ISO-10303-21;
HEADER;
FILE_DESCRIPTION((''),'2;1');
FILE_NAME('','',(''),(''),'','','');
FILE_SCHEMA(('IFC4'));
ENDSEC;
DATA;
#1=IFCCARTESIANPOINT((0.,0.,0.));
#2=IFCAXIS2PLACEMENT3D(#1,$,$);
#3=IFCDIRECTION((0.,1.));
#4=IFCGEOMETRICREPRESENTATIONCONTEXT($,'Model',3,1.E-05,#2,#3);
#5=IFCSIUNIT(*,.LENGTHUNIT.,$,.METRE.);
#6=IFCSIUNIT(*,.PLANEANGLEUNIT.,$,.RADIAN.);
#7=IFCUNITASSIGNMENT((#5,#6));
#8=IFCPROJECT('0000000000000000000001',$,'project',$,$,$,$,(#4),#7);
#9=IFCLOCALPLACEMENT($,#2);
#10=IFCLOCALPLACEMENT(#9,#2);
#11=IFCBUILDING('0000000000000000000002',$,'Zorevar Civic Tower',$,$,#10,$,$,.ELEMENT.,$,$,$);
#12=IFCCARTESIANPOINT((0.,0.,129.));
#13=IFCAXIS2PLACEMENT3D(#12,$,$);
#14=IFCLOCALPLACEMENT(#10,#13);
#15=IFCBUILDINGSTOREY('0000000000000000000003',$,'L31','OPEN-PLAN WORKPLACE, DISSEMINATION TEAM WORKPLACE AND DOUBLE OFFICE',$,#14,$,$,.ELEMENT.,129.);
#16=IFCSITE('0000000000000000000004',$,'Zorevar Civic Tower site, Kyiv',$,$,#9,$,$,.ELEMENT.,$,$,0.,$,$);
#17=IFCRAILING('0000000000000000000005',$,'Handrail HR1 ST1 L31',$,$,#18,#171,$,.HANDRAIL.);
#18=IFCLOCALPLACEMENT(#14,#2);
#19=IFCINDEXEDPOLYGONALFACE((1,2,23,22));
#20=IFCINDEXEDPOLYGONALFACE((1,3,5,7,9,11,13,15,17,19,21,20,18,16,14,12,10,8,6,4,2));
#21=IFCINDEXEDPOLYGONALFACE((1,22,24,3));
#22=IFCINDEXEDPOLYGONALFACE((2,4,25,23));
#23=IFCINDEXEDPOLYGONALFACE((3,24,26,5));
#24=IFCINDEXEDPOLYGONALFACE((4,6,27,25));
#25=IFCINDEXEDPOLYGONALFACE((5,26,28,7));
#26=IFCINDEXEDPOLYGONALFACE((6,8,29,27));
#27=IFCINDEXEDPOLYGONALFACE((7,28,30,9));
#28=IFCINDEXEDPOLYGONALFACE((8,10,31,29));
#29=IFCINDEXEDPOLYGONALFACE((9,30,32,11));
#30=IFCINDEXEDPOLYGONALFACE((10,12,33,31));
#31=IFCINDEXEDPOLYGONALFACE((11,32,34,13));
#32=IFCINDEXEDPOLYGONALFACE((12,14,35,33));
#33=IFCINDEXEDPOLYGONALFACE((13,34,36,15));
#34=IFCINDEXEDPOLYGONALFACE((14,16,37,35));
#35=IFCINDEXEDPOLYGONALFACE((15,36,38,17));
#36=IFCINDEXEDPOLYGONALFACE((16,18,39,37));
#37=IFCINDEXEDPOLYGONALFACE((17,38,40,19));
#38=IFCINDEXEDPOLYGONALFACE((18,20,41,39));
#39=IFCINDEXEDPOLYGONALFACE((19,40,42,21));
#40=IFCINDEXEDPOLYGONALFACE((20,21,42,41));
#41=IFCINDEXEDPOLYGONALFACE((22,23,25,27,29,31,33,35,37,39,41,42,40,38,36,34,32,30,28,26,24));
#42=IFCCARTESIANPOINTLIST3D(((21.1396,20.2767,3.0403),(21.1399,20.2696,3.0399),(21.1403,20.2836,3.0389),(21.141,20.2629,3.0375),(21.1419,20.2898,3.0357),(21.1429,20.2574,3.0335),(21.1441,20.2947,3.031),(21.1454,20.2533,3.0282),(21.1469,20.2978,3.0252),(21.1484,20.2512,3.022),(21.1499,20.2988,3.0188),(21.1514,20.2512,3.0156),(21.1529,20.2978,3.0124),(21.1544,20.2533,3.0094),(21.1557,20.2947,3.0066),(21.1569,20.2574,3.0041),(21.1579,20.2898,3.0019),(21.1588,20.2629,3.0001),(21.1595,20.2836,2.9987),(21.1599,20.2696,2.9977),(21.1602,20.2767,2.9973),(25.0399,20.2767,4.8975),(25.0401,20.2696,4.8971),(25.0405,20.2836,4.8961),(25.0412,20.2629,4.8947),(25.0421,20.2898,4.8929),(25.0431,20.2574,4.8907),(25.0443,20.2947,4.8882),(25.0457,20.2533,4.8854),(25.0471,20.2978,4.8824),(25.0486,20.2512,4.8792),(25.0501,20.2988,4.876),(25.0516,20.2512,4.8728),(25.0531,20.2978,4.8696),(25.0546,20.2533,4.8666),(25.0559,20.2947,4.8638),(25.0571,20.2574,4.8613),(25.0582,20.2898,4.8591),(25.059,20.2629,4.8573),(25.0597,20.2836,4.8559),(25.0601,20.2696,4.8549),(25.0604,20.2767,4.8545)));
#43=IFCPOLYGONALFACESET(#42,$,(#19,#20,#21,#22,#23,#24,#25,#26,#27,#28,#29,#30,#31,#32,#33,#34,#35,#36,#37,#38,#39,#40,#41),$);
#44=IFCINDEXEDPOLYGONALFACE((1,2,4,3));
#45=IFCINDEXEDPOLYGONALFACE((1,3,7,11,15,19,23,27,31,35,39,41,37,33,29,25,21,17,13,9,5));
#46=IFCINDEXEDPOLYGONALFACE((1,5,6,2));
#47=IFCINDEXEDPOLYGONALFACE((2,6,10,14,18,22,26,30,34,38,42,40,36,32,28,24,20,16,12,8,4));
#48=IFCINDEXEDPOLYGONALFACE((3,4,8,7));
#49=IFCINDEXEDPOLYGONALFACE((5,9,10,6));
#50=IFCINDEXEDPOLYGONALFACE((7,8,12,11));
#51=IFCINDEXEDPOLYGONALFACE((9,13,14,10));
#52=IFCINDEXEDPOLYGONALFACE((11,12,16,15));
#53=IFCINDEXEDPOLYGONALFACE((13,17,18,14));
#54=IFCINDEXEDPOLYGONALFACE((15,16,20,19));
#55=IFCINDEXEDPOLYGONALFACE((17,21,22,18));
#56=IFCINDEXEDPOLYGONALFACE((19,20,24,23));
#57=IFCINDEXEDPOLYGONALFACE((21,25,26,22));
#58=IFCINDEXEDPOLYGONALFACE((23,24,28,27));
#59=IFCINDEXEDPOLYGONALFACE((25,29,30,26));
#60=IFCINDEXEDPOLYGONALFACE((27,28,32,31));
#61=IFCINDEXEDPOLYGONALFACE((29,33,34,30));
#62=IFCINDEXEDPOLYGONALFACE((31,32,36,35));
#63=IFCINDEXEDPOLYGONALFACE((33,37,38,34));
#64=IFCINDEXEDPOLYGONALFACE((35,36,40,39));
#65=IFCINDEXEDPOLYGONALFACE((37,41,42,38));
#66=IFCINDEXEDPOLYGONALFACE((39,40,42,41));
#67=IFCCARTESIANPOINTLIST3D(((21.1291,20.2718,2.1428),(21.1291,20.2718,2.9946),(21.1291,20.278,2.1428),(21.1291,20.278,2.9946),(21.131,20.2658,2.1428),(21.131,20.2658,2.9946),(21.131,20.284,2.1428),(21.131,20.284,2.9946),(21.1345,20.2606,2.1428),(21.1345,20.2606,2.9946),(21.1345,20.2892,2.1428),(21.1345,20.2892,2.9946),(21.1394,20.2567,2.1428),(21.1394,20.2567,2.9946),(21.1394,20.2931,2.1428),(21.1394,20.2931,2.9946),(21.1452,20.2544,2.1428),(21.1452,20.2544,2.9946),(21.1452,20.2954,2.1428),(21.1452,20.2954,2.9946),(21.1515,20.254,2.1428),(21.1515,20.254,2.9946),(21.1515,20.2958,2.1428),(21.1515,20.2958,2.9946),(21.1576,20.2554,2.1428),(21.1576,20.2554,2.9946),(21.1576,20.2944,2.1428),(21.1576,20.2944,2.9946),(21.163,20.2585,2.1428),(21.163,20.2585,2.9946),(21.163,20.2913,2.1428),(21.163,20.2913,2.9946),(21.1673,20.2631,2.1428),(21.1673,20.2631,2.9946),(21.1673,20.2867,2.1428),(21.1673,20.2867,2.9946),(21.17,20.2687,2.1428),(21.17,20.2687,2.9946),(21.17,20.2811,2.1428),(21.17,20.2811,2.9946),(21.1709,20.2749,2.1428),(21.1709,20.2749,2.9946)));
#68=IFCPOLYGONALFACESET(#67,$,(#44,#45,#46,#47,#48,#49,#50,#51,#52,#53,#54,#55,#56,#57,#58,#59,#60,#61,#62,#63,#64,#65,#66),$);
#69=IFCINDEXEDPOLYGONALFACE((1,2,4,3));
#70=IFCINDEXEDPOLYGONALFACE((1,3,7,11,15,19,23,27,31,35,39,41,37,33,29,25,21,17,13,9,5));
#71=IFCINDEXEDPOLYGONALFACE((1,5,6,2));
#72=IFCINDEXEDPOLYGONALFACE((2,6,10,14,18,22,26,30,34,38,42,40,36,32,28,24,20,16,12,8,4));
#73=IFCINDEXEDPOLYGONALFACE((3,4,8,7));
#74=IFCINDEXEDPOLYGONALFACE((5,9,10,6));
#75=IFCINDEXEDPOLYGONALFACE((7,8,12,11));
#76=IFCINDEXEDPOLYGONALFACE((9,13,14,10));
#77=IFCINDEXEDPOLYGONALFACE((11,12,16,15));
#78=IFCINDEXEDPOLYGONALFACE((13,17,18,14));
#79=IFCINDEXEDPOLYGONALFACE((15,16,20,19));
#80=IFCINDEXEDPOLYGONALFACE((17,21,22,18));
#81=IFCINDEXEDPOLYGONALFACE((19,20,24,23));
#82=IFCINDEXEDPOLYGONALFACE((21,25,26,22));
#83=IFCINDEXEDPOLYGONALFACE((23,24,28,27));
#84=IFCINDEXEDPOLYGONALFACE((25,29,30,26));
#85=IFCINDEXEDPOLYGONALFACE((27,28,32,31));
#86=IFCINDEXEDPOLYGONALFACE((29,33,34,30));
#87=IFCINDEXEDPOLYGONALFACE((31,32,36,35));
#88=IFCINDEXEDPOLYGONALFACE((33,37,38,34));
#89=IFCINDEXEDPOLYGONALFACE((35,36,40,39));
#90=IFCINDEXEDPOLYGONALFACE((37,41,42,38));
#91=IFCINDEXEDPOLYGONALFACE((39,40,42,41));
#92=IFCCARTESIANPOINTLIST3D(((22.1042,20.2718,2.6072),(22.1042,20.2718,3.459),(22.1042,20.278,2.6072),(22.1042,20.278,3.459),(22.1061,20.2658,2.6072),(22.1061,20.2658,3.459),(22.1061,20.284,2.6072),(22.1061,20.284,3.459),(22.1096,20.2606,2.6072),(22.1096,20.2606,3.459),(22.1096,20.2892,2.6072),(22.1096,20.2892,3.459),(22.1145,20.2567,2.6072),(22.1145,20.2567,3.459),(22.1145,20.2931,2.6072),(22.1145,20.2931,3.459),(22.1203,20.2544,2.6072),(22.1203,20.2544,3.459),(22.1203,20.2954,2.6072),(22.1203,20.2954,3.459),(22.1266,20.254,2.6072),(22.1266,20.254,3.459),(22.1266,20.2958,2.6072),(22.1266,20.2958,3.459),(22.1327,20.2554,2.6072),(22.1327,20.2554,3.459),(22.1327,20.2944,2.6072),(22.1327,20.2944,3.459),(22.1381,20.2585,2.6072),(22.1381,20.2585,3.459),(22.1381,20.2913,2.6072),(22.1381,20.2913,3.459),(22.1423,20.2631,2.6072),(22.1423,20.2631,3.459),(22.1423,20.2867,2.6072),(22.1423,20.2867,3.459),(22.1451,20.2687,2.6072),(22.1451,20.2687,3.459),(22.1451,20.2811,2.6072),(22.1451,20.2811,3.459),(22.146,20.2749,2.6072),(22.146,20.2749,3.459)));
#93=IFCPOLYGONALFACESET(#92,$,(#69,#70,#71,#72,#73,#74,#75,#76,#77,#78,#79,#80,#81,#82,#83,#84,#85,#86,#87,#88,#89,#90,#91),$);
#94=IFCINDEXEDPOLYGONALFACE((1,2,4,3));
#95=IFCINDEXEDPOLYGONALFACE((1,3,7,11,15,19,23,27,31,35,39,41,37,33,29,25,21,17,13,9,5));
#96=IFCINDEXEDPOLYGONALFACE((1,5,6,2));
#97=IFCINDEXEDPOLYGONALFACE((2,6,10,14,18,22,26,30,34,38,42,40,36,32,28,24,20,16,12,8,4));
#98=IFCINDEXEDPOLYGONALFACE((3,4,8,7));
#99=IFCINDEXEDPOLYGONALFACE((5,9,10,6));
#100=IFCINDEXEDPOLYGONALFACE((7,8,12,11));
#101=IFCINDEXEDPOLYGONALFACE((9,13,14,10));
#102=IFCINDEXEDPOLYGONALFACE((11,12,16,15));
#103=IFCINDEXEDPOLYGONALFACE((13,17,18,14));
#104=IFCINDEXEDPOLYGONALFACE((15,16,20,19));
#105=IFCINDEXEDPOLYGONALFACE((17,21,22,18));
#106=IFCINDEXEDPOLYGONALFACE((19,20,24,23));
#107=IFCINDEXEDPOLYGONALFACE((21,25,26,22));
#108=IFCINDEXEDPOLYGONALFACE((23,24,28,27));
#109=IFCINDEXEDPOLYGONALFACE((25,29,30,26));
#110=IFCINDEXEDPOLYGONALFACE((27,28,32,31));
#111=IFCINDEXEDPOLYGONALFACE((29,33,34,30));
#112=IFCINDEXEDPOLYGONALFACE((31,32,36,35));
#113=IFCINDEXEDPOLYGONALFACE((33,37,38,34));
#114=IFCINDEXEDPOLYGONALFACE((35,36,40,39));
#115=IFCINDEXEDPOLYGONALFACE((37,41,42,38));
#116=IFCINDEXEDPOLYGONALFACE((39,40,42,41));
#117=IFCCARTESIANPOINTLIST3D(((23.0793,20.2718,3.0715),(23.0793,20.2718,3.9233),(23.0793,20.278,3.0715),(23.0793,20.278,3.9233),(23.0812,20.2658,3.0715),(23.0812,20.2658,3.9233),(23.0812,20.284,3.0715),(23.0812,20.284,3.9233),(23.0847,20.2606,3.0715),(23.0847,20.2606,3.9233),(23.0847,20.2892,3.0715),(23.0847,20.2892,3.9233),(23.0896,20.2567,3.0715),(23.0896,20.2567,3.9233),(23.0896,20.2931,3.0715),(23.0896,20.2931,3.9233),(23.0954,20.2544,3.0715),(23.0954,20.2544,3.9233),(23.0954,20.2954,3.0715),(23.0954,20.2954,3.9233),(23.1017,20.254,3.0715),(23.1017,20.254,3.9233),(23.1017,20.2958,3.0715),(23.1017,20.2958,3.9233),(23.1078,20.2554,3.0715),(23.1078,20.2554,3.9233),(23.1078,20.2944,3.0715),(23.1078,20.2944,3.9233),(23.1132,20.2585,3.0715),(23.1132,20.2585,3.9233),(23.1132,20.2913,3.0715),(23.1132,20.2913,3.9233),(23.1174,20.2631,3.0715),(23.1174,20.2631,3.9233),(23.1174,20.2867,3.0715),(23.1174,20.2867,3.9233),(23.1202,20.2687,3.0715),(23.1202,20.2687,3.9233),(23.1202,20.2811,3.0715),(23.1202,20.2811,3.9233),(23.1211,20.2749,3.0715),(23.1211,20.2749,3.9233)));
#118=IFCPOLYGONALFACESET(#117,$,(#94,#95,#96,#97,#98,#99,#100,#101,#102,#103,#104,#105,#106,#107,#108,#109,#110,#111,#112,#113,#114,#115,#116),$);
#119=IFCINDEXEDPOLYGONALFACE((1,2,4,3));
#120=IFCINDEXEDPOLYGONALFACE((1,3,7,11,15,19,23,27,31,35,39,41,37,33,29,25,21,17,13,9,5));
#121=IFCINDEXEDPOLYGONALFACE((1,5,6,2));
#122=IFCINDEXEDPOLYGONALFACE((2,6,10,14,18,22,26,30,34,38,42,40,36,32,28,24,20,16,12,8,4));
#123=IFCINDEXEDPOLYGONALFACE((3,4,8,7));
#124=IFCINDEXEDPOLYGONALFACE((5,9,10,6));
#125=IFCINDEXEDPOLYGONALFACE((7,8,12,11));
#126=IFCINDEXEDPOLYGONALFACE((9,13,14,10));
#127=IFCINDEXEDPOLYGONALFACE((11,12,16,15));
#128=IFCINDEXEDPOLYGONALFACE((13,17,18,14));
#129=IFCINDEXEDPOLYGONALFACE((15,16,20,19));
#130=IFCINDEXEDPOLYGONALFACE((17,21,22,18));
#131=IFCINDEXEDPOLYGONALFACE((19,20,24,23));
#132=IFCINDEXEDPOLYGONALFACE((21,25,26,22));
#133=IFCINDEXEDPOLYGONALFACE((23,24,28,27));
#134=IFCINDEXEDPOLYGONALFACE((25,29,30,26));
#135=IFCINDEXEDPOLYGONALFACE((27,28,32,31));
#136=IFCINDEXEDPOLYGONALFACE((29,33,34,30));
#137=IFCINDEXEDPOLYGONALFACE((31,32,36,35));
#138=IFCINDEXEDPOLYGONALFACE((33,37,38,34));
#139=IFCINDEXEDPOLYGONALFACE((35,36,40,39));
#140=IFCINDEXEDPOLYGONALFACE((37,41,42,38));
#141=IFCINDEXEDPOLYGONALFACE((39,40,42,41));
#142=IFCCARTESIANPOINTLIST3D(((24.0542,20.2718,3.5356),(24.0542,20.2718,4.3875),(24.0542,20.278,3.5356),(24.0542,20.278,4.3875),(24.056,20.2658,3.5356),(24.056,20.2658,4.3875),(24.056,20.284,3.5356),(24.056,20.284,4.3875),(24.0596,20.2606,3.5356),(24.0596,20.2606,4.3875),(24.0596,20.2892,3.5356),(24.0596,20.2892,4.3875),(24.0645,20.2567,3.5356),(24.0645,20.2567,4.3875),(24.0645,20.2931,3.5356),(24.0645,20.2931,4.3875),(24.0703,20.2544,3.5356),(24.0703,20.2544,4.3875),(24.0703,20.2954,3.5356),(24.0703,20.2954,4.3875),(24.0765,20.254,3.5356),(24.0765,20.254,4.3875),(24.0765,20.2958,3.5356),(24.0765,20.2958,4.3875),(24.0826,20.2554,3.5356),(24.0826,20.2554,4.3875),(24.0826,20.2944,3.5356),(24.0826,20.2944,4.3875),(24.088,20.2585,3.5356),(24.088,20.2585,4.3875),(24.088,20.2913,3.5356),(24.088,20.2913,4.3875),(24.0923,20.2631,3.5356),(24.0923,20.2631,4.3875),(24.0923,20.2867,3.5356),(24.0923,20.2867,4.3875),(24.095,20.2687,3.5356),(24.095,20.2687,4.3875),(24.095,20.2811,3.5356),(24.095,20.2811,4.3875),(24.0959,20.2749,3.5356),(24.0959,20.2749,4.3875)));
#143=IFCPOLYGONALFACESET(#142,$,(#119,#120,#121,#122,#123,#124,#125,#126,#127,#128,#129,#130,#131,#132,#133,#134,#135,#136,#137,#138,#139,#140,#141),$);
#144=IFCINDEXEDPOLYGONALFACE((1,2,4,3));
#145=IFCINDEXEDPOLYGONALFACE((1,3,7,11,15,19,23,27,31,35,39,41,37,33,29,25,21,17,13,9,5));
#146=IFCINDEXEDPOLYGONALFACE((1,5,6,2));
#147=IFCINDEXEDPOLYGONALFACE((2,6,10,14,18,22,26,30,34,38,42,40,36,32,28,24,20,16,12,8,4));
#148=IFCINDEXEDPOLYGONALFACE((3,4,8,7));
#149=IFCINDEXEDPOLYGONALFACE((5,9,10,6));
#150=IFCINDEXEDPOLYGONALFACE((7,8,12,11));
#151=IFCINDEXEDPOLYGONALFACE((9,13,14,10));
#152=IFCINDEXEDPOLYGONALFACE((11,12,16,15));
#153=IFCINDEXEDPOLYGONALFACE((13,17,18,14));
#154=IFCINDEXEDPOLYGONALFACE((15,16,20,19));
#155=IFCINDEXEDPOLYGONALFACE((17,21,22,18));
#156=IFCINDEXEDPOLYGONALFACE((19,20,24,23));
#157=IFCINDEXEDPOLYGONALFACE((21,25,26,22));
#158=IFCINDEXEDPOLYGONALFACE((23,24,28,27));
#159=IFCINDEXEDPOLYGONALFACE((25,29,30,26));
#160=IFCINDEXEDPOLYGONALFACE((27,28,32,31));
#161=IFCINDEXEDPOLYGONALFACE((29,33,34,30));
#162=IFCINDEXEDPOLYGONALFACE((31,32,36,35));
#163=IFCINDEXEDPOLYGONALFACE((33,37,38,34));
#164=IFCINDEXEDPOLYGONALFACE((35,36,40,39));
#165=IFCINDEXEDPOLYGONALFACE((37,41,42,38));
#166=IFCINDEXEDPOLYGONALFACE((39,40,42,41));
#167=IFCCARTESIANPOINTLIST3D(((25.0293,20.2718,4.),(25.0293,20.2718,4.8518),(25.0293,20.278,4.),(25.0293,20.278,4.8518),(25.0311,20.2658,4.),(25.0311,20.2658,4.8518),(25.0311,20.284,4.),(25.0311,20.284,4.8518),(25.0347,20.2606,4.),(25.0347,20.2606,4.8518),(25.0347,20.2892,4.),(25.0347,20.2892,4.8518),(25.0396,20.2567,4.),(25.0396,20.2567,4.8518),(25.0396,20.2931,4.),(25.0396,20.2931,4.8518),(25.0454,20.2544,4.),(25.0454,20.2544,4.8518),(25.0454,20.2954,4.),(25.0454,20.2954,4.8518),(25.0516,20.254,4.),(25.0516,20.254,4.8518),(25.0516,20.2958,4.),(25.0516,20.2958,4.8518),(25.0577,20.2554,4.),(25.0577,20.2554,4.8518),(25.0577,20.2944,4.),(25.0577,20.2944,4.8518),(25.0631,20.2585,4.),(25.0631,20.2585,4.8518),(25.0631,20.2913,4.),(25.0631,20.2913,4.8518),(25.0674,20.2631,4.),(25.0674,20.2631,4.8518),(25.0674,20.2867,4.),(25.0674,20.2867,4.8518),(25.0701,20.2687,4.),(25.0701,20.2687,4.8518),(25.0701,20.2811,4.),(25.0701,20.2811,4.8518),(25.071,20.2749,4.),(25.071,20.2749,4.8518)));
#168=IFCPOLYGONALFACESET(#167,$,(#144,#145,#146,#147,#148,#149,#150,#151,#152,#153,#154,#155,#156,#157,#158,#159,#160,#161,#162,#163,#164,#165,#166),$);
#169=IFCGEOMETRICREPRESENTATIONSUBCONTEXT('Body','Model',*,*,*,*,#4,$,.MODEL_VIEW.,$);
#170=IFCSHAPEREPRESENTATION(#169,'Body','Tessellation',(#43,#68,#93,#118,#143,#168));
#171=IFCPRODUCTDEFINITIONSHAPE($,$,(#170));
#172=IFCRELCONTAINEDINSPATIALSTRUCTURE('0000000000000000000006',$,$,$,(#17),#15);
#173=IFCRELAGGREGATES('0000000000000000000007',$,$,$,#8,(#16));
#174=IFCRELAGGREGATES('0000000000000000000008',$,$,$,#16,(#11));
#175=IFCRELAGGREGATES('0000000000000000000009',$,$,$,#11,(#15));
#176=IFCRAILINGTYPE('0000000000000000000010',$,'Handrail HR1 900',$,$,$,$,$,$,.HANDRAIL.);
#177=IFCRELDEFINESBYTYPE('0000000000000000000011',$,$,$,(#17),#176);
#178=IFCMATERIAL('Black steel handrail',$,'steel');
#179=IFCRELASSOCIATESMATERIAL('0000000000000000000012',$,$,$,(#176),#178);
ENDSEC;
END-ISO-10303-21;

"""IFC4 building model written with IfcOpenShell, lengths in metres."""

from ifc_helpers import new_model, si_unit, direction, frame, origin, origin_2d, place, context, subcontext, project, spatial, circle, extrude, material, type_object, element, save


model = new_model("IFC4")

# Units and contexts
model_context = context("Model", 3, precision=1e-05, world=origin(), true_north=direction((0.0, 1.0)))
body_context = subcontext(model_context, "Body", "Model", "MODEL_VIEW")
ifc_project = project(units=[si_unit("LENGTHUNIT", "METRE"), si_unit("PLANEANGLEUNIT", "RADIAN")], contexts=[model_context])

# Site, building, storey
site_placement = place(None, origin())
site = spatial("IfcSite", under=ifc_project, at=site_placement, Name="Zorevar Civic Tower site, Kyiv", CompositionType="ELEMENT", RefElevation=0.0)
building_placement = place(site_placement, origin())
building = spatial("IfcBuilding", under=site, at=building_placement, Name="Zorevar Civic Tower", CompositionType="ELEMENT")
storey_placement = place(building_placement, frame((0.0, 0.0, 129.0)))
storey = spatial("IfcBuildingStorey", under=building, at=storey_placement, Name="L31", Description="OPEN-PLAN WORKPLACE, DISSEMINATION TEAM WORKPLACE AND DOUBLE OFFICE", CompositionType="ELEMENT", Elevation=129.0)

# Railing
ifc_material_1 = material(Name="Black steel handrail", Category="steel")
railing_type = type_object("IfcRailingType", Name="Handrail HR1 900", PredefinedType="HANDRAIL", material=ifc_material_1)
railing_1_placement = place(storey_placement, frame((21.1499, 20.2749, 2.1428)))
element("IfcRailing", 1, at=railing_1_placement, inside=storey, type_object=railing_type, Name="Handrail HR1 ST1 L31", PredefinedType="HANDRAIL", context=body_context, shape_type="SweptSolid", body=[
    extrude(circle(Radius=0.0239, at=origin_2d()), frame((0.0, 0.0, 0.876), z_axis=(0.902864, 0.0, 0.429927), x_axis=(0.0, 1.0, 0.0)), (0.0, 0.0, 1.0), 4.3198),
    extrude(circle(Radius=0.021, at=origin_2d()), origin(), (0.0, 0.0, 1.0), 0.8518),
    extrude(circle(Radius=0.021, at=origin_2d()), frame((0.9751, 0.0, 0.4644)), (0.0, 0.0, 1.0), 0.8518),
    extrude(circle(Radius=0.021, at=origin_2d()), frame((1.9502, 0.0, 0.9287)), (0.0, 0.0, 1.0), 0.8518),
    extrude(circle(Radius=0.021, at=origin_2d()), frame((2.925, 0.0, 1.3928)), (0.0, 0.0, 1.0), 0.8518),
    extrude(circle(Radius=0.021, at=origin_2d()), frame((3.9001, 0.0, 1.8572)), (0.0, 0.0, 1.0), 0.8518),
])

save(model, "model.ifc")
